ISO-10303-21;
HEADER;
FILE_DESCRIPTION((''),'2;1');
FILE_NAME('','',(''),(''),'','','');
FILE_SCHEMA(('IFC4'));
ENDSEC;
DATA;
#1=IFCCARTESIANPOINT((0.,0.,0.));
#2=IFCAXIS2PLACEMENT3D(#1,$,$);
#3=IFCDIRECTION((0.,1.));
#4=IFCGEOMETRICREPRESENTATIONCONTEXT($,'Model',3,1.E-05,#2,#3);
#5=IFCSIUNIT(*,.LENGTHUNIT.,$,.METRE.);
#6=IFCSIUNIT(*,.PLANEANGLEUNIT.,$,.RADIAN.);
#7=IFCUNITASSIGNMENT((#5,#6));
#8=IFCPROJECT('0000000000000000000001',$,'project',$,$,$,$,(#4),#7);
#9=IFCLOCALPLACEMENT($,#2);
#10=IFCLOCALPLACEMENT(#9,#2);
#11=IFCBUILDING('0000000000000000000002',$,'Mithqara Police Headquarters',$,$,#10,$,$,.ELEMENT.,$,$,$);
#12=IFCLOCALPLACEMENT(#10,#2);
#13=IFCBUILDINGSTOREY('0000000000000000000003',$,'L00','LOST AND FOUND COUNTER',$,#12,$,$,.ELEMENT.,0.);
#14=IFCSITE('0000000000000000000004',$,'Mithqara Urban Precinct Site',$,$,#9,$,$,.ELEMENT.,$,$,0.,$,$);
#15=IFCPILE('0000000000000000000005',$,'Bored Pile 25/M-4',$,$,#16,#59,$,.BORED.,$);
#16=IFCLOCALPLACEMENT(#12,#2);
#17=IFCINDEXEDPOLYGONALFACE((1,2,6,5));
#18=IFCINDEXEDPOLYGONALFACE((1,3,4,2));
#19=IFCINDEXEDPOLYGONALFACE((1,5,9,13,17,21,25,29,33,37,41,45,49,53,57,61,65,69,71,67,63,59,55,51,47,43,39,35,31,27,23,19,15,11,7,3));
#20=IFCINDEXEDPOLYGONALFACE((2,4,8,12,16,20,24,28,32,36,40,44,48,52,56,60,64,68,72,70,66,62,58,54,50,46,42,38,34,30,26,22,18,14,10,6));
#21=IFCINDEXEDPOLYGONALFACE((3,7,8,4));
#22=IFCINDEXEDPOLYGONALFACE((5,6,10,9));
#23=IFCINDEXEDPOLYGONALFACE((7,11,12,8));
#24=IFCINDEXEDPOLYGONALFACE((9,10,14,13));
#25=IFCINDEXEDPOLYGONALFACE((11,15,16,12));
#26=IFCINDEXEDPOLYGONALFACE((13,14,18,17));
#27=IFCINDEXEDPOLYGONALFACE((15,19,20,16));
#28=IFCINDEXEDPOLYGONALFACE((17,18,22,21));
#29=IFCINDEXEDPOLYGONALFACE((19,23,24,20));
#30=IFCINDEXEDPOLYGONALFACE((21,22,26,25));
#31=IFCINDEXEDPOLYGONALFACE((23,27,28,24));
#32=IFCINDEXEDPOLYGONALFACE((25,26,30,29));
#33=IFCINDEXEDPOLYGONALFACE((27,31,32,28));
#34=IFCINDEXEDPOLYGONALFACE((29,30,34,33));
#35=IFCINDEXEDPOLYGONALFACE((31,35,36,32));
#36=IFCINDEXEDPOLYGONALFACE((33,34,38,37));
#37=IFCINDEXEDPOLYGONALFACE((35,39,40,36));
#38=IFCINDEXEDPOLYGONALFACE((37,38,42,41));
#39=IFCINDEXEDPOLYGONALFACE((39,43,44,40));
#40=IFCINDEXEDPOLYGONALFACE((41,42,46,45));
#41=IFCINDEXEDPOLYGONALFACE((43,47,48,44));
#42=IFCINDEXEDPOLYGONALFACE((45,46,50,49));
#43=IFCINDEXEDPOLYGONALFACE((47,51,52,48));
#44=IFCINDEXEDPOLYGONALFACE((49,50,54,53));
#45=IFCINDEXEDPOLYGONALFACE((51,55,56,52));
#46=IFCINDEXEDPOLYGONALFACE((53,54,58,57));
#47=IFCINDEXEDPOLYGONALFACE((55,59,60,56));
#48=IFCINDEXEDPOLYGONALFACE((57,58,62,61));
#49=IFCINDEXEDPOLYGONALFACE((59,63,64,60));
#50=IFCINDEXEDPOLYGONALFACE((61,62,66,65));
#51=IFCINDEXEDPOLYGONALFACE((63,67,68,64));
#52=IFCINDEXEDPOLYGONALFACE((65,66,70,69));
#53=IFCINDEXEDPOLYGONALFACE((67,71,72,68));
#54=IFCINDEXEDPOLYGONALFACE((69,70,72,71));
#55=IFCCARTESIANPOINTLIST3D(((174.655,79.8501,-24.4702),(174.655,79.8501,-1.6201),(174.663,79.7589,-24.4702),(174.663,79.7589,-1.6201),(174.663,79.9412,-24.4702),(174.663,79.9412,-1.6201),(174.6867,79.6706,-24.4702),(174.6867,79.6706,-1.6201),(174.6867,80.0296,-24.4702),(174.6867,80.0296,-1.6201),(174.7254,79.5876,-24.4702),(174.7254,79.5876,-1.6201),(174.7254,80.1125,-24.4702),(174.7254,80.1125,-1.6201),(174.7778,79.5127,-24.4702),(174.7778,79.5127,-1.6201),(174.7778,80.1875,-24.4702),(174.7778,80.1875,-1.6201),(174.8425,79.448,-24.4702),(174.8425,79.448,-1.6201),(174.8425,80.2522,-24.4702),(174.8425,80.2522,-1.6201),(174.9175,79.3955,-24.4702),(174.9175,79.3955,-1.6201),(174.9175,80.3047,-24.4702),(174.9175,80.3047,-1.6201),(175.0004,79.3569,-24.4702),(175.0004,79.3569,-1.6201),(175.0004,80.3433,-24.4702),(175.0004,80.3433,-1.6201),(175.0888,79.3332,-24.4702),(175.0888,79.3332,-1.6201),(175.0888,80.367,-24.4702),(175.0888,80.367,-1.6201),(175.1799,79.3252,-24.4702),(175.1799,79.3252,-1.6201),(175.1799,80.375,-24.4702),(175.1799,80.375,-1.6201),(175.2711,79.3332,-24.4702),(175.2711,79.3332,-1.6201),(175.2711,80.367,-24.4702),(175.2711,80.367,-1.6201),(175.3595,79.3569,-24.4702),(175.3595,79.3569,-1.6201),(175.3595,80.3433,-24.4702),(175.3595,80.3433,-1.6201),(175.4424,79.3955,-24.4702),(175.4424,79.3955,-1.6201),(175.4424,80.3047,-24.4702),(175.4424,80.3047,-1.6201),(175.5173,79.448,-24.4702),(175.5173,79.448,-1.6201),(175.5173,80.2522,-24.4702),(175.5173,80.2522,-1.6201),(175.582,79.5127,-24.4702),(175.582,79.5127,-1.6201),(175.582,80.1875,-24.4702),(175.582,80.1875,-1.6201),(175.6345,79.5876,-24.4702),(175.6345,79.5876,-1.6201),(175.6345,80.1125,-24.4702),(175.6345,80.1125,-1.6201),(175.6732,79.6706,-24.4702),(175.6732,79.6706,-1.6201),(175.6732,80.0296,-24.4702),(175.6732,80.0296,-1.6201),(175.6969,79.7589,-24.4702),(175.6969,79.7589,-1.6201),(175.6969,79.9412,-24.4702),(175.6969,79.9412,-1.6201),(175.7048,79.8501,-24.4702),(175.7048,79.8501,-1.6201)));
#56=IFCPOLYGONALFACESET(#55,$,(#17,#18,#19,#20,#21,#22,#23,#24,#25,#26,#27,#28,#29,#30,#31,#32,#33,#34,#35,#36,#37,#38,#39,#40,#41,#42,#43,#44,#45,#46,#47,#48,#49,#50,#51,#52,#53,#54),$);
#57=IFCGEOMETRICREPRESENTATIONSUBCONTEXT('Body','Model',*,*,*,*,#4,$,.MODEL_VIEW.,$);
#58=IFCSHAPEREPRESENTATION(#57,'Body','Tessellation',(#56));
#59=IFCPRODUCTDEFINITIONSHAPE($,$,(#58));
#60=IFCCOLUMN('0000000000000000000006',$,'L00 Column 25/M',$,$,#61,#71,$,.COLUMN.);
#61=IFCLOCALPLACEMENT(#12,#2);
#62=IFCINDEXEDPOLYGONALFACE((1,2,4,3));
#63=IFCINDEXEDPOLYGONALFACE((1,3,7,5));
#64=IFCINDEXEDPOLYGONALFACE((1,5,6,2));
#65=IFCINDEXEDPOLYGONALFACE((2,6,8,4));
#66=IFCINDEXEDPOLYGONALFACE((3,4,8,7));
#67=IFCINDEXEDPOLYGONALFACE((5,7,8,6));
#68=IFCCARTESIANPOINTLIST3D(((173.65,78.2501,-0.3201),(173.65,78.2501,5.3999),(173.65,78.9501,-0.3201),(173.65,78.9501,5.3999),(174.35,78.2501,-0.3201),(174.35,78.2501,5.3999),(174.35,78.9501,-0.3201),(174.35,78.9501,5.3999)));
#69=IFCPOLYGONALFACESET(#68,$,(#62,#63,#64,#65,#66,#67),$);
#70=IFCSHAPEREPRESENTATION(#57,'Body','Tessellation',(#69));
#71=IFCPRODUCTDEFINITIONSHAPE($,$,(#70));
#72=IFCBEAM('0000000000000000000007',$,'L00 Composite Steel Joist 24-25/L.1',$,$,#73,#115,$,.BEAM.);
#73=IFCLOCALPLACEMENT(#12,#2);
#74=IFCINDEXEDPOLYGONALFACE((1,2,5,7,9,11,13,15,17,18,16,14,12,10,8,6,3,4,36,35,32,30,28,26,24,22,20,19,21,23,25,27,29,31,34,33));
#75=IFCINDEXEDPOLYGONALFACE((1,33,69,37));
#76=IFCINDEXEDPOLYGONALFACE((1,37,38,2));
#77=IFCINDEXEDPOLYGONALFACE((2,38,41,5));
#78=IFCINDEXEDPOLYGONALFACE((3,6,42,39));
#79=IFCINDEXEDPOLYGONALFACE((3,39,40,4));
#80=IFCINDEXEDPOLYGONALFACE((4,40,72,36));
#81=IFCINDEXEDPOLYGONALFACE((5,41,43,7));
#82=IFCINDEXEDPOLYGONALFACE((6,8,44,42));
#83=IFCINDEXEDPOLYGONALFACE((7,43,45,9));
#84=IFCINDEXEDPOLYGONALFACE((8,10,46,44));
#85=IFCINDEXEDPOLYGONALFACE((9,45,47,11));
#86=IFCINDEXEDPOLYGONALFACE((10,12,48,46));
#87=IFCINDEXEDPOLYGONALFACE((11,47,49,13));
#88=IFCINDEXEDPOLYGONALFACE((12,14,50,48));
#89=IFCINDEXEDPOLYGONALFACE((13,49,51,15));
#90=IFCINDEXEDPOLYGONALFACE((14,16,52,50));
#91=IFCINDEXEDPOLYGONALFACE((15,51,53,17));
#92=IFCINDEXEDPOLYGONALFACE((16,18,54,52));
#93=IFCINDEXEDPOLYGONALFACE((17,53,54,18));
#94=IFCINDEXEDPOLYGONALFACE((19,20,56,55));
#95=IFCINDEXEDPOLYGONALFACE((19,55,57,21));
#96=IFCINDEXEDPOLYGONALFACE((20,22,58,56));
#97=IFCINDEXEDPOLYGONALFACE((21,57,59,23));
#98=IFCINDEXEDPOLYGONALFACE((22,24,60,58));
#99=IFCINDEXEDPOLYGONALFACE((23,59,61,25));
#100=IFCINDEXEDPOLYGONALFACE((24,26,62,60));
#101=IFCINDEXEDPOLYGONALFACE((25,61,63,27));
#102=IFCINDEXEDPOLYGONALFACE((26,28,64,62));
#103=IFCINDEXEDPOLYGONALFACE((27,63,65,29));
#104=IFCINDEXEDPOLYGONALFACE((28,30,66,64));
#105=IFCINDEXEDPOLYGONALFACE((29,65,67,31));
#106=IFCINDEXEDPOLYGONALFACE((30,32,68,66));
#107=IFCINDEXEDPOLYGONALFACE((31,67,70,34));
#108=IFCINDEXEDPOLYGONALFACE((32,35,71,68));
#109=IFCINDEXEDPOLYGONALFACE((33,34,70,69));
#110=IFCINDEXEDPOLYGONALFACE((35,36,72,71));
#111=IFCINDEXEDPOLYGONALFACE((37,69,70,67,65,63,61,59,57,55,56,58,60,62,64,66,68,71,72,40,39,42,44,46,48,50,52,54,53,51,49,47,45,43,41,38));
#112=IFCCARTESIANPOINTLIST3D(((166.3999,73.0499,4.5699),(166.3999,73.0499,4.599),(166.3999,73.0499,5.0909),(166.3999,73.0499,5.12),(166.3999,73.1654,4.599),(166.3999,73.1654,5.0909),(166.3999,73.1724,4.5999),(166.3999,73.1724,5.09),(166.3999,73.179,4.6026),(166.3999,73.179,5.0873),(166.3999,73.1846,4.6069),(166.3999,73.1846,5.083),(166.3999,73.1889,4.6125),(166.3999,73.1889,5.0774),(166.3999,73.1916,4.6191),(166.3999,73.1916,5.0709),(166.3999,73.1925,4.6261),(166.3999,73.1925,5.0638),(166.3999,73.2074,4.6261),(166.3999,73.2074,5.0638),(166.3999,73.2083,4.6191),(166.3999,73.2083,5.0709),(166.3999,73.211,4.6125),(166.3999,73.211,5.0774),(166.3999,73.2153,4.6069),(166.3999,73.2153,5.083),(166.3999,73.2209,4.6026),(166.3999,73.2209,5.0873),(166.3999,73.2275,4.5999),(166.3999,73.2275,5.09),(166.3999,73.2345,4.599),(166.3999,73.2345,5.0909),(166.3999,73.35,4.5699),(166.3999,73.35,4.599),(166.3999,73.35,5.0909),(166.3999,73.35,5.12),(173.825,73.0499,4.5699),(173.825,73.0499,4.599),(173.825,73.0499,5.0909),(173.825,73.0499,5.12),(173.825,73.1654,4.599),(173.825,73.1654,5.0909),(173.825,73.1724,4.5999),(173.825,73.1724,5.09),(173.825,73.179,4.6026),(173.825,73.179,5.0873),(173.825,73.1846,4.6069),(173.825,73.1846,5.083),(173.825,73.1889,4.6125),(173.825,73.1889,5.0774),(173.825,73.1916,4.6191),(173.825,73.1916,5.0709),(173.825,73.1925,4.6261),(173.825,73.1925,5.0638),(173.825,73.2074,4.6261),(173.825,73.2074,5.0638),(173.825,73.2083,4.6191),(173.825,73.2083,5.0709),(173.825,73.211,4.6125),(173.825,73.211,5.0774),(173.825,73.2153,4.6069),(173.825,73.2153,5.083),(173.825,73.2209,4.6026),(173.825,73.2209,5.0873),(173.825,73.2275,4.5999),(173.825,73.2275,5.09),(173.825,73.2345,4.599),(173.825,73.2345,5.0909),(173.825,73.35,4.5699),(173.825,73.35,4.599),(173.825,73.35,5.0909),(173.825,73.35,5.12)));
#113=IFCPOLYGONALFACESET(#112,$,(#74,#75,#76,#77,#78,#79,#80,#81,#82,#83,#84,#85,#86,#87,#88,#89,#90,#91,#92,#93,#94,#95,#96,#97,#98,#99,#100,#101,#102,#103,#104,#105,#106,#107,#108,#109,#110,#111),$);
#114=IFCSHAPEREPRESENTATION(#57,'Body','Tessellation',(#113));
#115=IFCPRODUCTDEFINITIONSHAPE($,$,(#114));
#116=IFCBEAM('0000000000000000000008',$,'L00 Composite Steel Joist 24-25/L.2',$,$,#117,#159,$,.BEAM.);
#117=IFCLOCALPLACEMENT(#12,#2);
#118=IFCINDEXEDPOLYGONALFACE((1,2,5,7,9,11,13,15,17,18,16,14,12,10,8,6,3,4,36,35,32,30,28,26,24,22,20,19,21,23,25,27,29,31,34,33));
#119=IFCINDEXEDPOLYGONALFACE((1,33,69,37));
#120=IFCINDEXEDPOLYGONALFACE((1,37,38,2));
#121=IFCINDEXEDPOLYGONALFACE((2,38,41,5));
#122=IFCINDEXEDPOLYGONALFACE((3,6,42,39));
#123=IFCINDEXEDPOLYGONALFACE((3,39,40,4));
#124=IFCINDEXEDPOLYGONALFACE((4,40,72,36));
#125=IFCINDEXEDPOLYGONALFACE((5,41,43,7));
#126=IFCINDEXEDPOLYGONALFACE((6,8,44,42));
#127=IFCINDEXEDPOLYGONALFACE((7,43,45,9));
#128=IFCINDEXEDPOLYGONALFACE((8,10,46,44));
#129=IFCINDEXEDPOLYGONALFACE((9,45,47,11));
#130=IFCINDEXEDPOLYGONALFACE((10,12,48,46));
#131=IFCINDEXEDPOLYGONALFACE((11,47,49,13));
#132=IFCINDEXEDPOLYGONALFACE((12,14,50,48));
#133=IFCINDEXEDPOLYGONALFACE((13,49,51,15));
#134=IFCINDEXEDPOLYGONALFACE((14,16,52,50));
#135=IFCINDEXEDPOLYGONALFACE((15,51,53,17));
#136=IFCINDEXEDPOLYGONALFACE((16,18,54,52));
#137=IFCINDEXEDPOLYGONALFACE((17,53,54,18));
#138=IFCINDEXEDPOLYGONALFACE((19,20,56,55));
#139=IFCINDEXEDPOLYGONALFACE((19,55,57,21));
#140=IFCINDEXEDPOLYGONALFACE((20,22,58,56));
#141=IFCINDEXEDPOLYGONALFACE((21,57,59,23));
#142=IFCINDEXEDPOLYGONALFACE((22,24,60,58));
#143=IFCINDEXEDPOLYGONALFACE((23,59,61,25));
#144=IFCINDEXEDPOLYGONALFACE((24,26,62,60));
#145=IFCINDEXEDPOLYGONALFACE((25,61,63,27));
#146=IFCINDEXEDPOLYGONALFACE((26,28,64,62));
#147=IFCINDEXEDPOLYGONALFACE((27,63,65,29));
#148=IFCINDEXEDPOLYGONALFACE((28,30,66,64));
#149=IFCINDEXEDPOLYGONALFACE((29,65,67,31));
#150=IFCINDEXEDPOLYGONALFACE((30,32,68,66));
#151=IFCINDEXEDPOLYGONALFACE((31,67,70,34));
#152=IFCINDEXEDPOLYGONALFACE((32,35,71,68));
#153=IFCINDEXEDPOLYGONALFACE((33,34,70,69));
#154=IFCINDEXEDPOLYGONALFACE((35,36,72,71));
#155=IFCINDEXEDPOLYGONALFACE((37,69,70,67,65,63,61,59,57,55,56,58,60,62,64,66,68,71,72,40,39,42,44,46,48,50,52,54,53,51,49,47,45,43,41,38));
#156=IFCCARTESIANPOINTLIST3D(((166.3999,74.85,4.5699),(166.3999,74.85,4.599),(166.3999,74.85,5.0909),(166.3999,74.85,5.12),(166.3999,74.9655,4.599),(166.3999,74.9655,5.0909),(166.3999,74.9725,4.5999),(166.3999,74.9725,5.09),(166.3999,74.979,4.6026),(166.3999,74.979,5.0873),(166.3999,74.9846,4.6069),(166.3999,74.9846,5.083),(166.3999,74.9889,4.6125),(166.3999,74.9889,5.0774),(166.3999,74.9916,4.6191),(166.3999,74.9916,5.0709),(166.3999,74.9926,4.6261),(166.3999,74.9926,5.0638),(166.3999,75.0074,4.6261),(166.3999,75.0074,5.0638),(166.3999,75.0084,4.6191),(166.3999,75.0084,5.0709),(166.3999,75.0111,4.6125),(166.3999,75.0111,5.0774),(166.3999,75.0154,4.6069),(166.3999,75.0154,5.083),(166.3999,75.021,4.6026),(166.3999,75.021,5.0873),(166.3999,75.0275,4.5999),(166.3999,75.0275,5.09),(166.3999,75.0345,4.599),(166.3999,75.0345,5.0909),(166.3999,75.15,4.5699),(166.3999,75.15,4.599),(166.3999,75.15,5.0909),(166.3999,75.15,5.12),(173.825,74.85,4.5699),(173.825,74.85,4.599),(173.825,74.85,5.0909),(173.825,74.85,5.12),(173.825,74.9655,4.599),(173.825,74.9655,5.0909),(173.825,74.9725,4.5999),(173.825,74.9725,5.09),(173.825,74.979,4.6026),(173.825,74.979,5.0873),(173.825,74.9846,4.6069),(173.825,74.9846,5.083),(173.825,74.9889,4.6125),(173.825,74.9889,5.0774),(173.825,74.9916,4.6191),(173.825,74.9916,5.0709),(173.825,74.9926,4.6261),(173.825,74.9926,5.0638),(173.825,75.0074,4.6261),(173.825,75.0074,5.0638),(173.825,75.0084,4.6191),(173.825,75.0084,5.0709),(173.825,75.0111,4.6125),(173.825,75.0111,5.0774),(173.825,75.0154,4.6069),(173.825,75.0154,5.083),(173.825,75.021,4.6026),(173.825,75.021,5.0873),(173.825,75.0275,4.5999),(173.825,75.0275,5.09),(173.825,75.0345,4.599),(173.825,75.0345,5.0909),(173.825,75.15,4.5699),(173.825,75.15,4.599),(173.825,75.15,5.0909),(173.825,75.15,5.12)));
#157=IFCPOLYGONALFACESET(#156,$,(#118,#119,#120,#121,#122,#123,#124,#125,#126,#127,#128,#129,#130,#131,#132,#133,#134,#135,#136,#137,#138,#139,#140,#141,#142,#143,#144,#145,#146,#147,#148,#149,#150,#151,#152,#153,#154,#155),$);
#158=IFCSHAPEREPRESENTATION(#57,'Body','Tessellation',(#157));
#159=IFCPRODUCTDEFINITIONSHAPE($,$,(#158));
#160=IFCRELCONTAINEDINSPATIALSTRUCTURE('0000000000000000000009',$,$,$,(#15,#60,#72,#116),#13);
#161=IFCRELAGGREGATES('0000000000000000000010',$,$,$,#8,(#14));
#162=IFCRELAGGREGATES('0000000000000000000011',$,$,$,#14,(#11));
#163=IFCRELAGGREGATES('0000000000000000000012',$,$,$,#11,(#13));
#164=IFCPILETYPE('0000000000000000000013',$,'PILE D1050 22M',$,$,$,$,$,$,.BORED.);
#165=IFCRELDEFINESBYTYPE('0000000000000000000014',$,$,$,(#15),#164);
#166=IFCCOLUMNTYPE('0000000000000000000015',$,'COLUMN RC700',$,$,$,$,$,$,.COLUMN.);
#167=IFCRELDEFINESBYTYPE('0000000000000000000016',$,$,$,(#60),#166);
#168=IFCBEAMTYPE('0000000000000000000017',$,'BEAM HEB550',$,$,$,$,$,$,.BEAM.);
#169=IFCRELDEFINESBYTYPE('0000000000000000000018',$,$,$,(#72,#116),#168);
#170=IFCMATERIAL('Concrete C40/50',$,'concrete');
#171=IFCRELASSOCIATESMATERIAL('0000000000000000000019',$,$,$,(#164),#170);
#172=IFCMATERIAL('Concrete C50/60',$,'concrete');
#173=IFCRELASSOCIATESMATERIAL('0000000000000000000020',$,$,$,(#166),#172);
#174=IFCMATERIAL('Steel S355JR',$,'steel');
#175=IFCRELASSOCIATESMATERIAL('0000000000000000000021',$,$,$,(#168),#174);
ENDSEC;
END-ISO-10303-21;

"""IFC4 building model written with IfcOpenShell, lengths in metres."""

from ifc_helpers import new_model, si_unit, direction, frame, origin, origin_2d, place, context, subcontext, project, spatial, rectangle, circle, i_section, extrude, material, material_profile, profile_set, type_object, element, save


model = new_model("IFC4")

# Units and contexts
model_context = context("Model", 3, precision=1e-05, world=origin(), true_north=direction((0.0, 1.0)))
body_context = subcontext(model_context, "Body", "Model", "MODEL_VIEW")
ifc_project = project(units=[si_unit("LENGTHUNIT", "METRE"), si_unit("PLANEANGLEUNIT", "RADIAN")], contexts=[model_context])

# Site, building, storey
site_placement = place(None, origin())
site = spatial("IfcSite", under=ifc_project, at=site_placement, Name="Mithqara Urban Precinct Site", CompositionType="ELEMENT", RefElevation=0.0)
building_placement = place(site_placement, origin())
building = spatial("IfcBuilding", under=site, at=building_placement, Name="Mithqara Police Headquarters", CompositionType="ELEMENT")
storey_placement = place(building_placement, origin())
storey = spatial("IfcBuildingStorey", under=building, at=storey_placement, Name="L00", Description="LOST AND FOUND COUNTER", CompositionType="ELEMENT", Elevation=0.0)

# Shared definitions
ifc_material_1 = material(Name="Concrete C40/50", Category="concrete")

# Pile
ifc_material_profile_1 = material_profile(ifc_material_1, circle(Radius=0.5249, at=origin_2d()), Name="PILE D1050")
ifc_profile_set_1 = profile_set([ifc_material_profile_1], Name="Concrete C40/50")
pile_type = type_object("IfcPileType", Name="PILE D1050 22M", PredefinedType="BORED", material=ifc_profile_set_1)
for number, where, z_axis, x_axis, name in (
    (1, (175.1799, 79.8501, -1.6201), (0.0, 0.0, -1.0), (1.0, 0.0, 0.0), "Bored Pile 25/M-4"),
):
    element("IfcPile", number, at=place(storey_placement, frame(where, z_axis=z_axis, x_axis=x_axis)), inside=storey, type_object=pile_type, Name=name, PredefinedType="BORED", context=body_context, shape_type="SweptSolid", body=[
        extrude(circle(Radius=0.5249, at=origin_2d()), origin(), (0.0, 0.0, 1.0), 22.8501),
    ])

# Column
ifc_material_2 = material(Name="Concrete C50/60", Category="concrete")
ifc_material_profile_2 = material_profile(ifc_material_2, rectangle(XDim=0.7, YDim=0.7, at=origin_2d()), Name="RC 700x700")
ifc_profile_set_2 = profile_set([ifc_material_profile_2], Name="Concrete C50/60")
column_type = type_object("IfcColumnType", Name="COLUMN RC700", PredefinedType="COLUMN", material=ifc_profile_set_2)
column_placement = place(storey_placement, frame((174.0, 78.6001, -0.3201), z_axis=(0.0, 0.0, 1.0), x_axis=(1.0, 0.0, 0.0)))
element("IfcColumn", 2, at=column_placement, inside=storey, type_object=column_type, Name="L00 Column 25/M", PredefinedType="COLUMN", context=body_context, shape_type="SweptSolid", body=[
    extrude(rectangle(XDim=0.7, YDim=0.7, at=origin_2d()), origin(), (0.0, 0.0, 1.0), 5.72),
])

# Beams
ifc_material_3 = material(Name="Steel S355JR", Category="steel")
ifc_material_profile_3 = material_profile(ifc_material_3, i_section(OverallWidth=0.3, OverallDepth=0.55, WebThickness=0.0149, FlangeThickness=0.0291, FilletRadius=0.0271, at=origin_2d()), Name="HEB 550")
ifc_profile_set_3 = profile_set([ifc_material_profile_3], Name="Steel S355JR")
beam_type = type_object("IfcBeamType", Name="BEAM HEB550", PredefinedType="BEAM", material=ifc_profile_set_3)
for number, where, z_axis, x_axis, name in (
    (3, (166.3999, 73.2, 4.845), (1.0, 0.0, 0.0), (0.0, 1.0, 0.0), "L00 Composite Steel Joist 24-25/L.1"),
    (4, (166.3999, 75.0, 4.845), (1.0, 0.0, 0.0), (0.0, 1.0, 0.0), "L00 Composite Steel Joist 24-25/L.2"),
):
    element("IfcBeam", number, at=place(storey_placement, frame(where, z_axis=z_axis, x_axis=x_axis)), inside=storey, type_object=beam_type, Name=name, PredefinedType="BEAM", context=body_context, shape_type="SweptSolid", body=[
        extrude(i_section(OverallWidth=0.3, OverallDepth=0.55, WebThickness=0.0149, FlangeThickness=0.0291, FilletRadius=0.0271, at=origin_2d()), origin(), (0.0, 0.0, 1.0), 7.425),
    ])

save(model, "model.ifc")
